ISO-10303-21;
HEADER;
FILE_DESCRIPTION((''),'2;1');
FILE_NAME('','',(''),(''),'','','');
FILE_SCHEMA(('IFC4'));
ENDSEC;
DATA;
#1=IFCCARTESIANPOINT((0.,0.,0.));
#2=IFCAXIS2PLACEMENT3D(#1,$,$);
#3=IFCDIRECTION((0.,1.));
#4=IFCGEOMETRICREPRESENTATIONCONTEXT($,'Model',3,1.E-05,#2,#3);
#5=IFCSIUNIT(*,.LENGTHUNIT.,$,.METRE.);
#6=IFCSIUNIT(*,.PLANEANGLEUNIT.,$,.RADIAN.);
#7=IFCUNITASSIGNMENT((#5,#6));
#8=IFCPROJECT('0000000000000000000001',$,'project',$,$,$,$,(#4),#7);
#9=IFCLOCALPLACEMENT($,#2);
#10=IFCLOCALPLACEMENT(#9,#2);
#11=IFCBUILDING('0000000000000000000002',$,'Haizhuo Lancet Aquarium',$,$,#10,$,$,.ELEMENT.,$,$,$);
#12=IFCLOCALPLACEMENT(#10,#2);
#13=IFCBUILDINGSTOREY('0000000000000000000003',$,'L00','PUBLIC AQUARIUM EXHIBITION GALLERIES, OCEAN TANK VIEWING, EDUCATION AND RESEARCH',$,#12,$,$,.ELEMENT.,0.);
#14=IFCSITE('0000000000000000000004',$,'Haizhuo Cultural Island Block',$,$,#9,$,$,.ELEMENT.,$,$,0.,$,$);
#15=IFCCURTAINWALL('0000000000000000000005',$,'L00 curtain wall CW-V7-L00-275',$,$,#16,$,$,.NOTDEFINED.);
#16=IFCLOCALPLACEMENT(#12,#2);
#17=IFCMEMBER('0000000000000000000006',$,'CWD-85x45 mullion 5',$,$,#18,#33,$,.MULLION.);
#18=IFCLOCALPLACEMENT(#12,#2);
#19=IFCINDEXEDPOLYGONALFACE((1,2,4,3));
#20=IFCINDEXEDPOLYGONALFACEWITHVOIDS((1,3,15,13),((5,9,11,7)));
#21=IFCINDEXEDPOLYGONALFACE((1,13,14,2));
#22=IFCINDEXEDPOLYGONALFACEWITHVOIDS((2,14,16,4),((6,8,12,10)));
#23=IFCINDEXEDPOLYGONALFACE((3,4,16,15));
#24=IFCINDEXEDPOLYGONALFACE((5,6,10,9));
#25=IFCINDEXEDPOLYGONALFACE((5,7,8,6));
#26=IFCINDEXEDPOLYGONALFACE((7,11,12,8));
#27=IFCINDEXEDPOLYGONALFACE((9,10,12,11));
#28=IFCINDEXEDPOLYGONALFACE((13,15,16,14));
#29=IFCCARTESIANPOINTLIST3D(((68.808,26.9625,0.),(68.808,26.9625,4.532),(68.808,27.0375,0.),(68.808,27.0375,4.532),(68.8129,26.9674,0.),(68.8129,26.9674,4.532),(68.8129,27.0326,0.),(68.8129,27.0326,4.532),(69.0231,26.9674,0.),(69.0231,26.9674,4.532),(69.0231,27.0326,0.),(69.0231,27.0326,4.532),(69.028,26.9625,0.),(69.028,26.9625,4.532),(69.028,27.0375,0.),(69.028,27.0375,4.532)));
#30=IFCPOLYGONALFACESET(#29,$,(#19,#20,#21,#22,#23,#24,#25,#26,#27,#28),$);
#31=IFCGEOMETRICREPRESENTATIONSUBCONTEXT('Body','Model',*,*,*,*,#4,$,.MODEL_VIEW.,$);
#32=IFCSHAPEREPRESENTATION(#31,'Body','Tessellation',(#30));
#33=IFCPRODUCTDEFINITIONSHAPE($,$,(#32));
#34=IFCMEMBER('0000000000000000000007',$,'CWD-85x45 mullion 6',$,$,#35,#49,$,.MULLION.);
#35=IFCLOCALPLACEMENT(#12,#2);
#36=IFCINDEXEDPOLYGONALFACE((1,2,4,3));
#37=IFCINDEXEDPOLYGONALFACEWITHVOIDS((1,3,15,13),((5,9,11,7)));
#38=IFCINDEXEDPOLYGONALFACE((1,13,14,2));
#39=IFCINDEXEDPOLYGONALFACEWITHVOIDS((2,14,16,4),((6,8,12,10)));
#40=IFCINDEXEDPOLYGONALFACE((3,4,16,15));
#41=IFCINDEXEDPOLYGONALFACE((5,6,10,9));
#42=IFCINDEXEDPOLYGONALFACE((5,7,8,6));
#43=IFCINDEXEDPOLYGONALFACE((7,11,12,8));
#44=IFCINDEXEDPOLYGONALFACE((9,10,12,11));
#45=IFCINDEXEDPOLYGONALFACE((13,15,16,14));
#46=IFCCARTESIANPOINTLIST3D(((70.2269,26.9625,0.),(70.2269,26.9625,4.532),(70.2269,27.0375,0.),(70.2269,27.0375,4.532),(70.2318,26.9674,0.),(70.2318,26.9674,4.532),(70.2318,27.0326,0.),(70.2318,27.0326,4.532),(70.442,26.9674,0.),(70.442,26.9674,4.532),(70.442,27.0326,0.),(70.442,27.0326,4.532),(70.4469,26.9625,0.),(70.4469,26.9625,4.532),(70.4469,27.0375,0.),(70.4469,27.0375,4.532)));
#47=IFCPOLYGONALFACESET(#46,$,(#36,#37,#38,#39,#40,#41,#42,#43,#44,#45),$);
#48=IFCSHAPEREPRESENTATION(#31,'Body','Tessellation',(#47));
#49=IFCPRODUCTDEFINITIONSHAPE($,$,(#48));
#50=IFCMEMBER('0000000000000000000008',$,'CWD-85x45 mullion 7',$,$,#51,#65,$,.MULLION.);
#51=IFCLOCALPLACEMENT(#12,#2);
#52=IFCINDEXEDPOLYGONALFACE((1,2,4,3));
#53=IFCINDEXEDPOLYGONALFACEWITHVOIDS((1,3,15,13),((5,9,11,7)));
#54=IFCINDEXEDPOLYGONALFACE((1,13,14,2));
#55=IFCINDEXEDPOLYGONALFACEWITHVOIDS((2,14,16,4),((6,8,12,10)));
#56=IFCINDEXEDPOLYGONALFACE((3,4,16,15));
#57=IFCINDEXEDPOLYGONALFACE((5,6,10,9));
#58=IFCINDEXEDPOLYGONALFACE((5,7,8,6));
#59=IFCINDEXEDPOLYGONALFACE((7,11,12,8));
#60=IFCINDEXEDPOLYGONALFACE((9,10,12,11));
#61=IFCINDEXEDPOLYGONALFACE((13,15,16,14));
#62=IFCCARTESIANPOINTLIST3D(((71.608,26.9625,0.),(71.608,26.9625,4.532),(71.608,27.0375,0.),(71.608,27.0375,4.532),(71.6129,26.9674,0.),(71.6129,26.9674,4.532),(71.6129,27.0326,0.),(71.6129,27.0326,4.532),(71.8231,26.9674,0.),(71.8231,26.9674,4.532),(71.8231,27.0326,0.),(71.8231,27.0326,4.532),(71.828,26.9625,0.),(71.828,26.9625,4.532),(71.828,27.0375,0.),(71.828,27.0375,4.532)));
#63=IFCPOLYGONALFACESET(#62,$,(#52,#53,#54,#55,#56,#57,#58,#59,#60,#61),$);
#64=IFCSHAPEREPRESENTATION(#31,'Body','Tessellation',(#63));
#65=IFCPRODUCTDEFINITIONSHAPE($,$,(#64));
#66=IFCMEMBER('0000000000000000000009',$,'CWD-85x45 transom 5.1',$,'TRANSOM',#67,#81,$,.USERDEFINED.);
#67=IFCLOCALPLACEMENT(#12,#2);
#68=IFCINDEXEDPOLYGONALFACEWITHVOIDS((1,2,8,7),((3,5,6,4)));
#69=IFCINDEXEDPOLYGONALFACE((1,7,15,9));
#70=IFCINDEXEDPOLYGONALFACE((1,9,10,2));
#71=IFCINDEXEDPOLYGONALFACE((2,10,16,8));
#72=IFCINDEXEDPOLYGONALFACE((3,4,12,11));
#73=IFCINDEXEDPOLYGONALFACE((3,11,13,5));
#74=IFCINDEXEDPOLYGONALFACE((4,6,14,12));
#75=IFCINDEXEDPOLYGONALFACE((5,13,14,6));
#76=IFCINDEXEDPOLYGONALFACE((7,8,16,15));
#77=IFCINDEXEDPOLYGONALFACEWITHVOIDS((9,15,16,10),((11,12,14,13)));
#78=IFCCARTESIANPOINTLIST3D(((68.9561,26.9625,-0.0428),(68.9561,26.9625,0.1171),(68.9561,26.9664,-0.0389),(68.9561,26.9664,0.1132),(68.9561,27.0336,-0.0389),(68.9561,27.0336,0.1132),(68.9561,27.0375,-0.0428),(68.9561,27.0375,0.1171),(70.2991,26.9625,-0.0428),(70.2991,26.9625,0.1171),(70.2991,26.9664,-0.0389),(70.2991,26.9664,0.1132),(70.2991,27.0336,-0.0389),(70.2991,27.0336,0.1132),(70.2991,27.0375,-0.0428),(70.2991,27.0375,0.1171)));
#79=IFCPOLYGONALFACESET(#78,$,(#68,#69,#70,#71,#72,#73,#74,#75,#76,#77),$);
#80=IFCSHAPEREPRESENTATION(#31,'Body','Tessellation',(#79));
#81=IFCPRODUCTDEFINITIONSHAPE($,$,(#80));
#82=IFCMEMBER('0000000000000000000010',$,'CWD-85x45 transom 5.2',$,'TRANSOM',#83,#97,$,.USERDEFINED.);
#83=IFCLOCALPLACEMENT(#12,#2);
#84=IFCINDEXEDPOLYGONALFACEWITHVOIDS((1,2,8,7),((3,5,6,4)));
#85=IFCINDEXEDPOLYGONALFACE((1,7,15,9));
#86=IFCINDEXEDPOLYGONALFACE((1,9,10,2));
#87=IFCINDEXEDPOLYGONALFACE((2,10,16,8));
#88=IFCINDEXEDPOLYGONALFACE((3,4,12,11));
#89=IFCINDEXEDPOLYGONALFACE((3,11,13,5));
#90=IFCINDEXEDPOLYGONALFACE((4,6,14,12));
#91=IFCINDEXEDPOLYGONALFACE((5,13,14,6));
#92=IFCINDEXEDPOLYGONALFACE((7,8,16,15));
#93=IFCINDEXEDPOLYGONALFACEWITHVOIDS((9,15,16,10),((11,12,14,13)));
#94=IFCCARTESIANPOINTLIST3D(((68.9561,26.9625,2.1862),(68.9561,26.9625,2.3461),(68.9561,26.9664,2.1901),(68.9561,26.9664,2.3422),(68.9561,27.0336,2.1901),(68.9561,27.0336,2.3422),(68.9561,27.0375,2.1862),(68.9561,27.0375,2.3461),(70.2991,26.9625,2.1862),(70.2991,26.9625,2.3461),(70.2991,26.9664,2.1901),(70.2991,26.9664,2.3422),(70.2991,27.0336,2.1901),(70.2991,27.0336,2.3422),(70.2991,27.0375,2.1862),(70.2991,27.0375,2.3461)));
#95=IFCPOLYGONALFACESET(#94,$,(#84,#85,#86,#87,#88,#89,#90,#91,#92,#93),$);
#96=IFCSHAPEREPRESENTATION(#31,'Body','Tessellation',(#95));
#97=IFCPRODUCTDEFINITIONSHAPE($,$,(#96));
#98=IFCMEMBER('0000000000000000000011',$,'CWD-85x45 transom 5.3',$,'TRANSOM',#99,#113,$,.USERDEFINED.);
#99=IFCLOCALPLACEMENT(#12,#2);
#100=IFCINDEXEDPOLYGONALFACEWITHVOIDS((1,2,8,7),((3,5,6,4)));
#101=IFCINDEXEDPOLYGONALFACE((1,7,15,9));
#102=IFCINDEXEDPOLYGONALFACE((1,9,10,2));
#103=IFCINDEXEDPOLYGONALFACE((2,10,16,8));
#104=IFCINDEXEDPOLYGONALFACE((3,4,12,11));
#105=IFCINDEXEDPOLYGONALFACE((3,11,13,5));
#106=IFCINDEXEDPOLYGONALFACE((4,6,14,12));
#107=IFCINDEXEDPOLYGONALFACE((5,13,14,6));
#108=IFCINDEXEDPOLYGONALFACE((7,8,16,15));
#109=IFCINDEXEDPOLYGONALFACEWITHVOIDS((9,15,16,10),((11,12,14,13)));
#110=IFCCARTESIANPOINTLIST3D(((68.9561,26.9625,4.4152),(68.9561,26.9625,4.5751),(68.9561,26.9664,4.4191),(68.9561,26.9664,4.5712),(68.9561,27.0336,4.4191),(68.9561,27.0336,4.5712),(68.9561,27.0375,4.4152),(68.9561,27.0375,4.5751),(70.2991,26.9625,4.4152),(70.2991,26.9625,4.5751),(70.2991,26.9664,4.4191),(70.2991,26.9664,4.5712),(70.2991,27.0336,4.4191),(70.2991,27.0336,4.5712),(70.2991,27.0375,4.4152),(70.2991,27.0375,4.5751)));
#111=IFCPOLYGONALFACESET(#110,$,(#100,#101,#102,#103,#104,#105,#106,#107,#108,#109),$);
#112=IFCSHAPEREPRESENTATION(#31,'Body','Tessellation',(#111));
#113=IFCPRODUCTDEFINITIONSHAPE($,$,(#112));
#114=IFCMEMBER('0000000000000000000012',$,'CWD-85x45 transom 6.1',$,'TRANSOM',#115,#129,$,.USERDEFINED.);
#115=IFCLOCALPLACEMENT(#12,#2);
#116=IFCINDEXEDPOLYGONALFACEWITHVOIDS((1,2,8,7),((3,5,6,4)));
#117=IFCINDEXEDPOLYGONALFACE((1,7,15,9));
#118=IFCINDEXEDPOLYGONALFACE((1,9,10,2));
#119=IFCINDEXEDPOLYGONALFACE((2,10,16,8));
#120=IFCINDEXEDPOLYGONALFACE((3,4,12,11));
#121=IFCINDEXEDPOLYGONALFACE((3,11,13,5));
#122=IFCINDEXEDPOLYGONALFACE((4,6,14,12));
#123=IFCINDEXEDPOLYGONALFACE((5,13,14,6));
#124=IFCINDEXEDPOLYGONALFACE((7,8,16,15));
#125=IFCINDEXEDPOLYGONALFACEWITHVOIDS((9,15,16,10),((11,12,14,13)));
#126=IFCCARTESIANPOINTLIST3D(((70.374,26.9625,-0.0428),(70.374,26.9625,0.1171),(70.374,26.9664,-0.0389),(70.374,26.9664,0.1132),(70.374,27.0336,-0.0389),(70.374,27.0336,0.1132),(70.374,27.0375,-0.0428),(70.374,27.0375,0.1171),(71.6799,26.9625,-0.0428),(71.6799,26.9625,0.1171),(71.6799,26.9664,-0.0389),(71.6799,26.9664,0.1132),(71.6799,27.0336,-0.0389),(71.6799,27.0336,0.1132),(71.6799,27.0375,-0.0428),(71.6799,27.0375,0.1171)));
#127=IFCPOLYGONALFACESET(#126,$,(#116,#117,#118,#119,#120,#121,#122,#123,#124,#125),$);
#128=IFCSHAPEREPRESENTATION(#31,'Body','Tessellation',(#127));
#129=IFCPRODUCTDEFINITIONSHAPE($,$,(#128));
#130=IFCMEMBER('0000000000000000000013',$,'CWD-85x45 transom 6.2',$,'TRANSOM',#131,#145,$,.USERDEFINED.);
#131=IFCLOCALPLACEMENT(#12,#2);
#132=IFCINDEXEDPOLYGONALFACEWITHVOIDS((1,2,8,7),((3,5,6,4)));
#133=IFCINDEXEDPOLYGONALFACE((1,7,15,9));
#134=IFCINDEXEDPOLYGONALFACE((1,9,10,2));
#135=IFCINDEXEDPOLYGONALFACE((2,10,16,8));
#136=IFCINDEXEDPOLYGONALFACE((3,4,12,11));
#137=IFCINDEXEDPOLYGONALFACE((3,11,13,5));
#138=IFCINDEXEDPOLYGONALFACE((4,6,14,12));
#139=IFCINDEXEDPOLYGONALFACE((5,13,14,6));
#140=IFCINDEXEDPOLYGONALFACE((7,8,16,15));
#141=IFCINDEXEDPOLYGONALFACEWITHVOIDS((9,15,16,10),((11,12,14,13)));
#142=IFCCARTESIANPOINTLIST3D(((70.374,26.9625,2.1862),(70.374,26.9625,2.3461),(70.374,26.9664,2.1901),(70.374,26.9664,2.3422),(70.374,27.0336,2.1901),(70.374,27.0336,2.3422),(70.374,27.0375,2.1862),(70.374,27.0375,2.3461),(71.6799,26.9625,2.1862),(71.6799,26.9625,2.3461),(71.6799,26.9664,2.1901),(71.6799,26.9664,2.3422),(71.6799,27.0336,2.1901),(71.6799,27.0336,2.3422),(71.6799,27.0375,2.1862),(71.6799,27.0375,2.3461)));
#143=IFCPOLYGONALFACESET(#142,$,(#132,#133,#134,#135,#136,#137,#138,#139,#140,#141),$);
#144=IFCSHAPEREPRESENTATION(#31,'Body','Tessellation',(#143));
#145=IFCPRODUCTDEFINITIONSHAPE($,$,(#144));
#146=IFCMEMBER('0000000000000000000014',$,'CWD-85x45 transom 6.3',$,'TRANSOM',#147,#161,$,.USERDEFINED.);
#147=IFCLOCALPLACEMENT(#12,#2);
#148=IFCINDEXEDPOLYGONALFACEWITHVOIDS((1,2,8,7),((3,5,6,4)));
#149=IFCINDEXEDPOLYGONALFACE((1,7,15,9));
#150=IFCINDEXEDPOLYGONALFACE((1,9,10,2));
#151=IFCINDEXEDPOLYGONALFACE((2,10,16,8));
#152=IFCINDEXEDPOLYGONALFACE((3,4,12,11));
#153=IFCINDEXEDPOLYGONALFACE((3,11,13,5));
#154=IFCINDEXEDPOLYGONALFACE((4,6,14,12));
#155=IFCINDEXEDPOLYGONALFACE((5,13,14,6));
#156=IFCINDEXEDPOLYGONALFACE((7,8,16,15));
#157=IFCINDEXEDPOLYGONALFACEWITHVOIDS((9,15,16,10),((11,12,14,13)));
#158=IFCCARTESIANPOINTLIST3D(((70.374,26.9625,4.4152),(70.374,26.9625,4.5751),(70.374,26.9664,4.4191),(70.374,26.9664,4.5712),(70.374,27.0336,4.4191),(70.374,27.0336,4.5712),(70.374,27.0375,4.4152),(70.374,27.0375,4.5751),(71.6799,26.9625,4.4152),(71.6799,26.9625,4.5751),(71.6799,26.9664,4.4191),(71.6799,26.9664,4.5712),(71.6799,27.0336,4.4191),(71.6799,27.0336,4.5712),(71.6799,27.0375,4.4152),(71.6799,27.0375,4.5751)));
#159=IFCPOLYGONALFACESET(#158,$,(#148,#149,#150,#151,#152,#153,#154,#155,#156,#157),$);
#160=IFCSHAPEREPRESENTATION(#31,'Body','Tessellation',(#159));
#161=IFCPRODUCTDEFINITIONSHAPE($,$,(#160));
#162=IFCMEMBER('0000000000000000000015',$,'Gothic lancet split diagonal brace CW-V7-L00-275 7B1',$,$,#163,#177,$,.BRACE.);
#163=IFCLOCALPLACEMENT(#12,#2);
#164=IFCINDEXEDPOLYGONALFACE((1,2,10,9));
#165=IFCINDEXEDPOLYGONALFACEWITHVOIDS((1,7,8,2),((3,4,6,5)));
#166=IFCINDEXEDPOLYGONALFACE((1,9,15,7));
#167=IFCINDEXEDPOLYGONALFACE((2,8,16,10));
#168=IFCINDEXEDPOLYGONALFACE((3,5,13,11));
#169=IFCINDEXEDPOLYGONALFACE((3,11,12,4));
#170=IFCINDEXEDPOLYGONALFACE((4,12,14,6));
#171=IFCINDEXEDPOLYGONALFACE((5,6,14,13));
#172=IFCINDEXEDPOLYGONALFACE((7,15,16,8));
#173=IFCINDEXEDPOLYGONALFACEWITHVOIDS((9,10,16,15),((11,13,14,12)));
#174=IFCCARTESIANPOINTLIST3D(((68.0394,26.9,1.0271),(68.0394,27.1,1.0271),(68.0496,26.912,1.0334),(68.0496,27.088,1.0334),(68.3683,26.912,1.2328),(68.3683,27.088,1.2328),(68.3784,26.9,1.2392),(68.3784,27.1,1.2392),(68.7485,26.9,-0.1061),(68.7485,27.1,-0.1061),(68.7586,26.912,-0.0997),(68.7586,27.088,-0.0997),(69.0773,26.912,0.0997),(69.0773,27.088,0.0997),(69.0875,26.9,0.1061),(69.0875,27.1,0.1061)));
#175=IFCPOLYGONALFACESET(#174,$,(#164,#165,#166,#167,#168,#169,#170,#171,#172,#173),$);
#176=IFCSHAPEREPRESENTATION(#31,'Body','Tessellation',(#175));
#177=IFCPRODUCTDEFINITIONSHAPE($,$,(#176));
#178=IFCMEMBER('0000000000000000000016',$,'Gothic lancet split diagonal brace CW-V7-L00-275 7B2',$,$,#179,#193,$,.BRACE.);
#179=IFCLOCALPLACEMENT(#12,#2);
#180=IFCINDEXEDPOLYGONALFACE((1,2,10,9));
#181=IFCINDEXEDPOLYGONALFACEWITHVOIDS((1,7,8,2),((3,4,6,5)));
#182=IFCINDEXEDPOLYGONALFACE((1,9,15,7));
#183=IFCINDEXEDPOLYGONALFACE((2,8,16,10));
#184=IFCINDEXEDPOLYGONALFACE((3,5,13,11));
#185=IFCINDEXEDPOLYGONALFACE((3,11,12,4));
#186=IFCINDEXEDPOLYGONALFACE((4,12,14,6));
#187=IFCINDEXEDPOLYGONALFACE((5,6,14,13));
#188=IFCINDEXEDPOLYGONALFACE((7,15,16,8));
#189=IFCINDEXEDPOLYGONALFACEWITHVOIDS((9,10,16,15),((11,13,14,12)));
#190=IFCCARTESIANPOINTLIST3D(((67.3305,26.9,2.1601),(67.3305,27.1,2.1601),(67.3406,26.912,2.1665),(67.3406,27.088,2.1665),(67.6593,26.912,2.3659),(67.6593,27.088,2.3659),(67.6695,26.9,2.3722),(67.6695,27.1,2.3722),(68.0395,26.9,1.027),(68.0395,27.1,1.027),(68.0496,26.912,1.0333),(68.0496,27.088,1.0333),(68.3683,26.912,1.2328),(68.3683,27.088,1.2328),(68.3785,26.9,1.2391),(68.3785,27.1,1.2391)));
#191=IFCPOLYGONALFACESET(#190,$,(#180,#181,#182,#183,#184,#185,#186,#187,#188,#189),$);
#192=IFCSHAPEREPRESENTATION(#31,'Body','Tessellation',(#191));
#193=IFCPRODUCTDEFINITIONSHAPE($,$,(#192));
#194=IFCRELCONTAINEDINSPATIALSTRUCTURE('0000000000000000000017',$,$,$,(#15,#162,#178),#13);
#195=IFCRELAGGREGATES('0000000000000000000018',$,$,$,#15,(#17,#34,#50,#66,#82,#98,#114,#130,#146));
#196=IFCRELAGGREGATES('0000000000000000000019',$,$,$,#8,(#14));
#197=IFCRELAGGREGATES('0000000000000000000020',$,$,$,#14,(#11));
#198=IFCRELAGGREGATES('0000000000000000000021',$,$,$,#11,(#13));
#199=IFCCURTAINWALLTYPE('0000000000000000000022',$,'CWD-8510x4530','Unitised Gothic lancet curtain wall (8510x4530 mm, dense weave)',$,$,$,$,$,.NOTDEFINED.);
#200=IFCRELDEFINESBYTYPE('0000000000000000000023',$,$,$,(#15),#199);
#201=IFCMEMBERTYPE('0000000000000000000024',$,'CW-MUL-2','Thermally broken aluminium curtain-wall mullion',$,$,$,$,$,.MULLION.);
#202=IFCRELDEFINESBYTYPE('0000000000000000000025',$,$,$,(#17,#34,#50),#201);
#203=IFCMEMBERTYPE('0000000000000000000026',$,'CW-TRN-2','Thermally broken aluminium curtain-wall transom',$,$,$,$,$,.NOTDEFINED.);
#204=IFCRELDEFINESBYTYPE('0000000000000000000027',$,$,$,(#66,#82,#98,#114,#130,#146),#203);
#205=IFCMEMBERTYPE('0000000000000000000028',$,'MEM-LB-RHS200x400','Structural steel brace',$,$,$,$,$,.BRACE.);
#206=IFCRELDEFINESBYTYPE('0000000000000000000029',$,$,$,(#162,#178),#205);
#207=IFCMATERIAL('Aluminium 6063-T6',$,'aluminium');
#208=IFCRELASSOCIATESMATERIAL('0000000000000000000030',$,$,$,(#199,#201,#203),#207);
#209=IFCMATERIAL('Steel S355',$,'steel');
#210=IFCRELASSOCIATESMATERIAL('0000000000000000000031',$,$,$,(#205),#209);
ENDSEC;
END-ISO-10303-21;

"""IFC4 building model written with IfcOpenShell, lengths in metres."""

from ifc_helpers import new_model, si_unit, direction, frame, origin, origin_2d, place, context, subcontext, project, spatial, hollow_rectangle, extrude, material, material_profile, profile_set, type_object, element, aggregate, save


model = new_model("IFC4")

# Units and contexts
model_context = context("Model", 3, precision=1e-05, world=origin(), true_north=direction((0.0, 1.0)))
body_context = subcontext(model_context, "Body", "Model", "MODEL_VIEW")
ifc_project = project(units=[si_unit("LENGTHUNIT", "METRE"), si_unit("PLANEANGLEUNIT", "RADIAN")], contexts=[model_context])

# Site, building, storey
site_placement = place(None, origin())
site = spatial("IfcSite", under=ifc_project, at=site_placement, Name="Haizhuo Cultural Island Block", CompositionType="ELEMENT", RefElevation=0.0)
building_placement = place(site_placement, origin())
building = spatial("IfcBuilding", under=site, at=building_placement, Name="Haizhuo Lancet Aquarium", CompositionType="ELEMENT")
storey_placement = place(building_placement, origin())
storey = spatial("IfcBuildingStorey", under=building, at=storey_placement, Name="L00", Description="PUBLIC AQUARIUM EXHIBITION GALLERIES, OCEAN TANK VIEWING, EDUCATION AND RESEARCH", CompositionType="ELEMENT", Elevation=0.0)

# Curtain wall, members
ifc_material_1 = material(Name="Aluminium 6063-T6", Category="aluminium")
curtain_wall_type = type_object("IfcCurtainWallType", Name="CWD-8510x4530", Description="Unitised Gothic lancet curtain wall (8510x4530 mm, dense weave)", PredefinedType="NOTDEFINED", material=ifc_material_1)
curtain_wall_placement = place(storey_placement, origin())
curtain_wall = element("IfcCurtainWall", 1, at=curtain_wall_placement, inside=storey, type_object=curtain_wall_type, Name="L00 curtain wall CW-V7-L00-275", PredefinedType="NOTDEFINED")
ifc_material_profile_1 = material_profile(ifc_material_1, hollow_rectangle(XDim=0.075, YDim=0.22, WallThickness=0.0049, at=origin_2d()), Name="ALU-M 75x220x5")
ifc_profile_set_1 = profile_set([ifc_material_profile_1], Name="Aluminium 6063-T6")
member_type_1 = type_object("IfcMemberType", Name="CW-MUL-2", Description="Thermally broken aluminium curtain-wall mullion", PredefinedType="MULLION", material=ifc_profile_set_1)
member_1_placement = place(storey_placement, frame((68.918, 27.0, 0.0), z_axis=(0.0, 0.0, 1.0), x_axis=(0.0, 1.0, 0.0)))
member_1 = element("IfcMember", 2, at=member_1_placement, type_object=member_type_1, Name="CWD-85x45 mullion 5", PredefinedType="MULLION", context=body_context, shape_type="SweptSolid", body=[
    extrude(hollow_rectangle(XDim=0.075, YDim=0.22, WallThickness=0.0049, at=origin_2d()), origin(), (0.0, 0.0, 1.0), 4.532),
])
member_2_placement = place(storey_placement, frame((70.3369, 27.0, 0.0), z_axis=(0.0, 0.0, 1.0), x_axis=(0.0, 1.0, 0.0)))
member_2 = element("IfcMember", 3, at=member_2_placement, type_object=member_type_1, Name="CWD-85x45 mullion 6", PredefinedType="MULLION", context=body_context, shape_type="SweptSolid", body=[
    extrude(hollow_rectangle(XDim=0.075, YDim=0.22, WallThickness=0.0049, at=origin_2d()), origin(), (0.0, 0.0, 1.0), 4.532),
])
member_3_placement = place(storey_placement, frame((71.718, 27.0, 0.0), z_axis=(0.0, 0.0, 1.0), x_axis=(0.0, 1.0, 0.0)))
member_3 = element("IfcMember", 4, at=member_3_placement, type_object=member_type_1, Name="CWD-85x45 mullion 7", PredefinedType="MULLION", context=body_context, shape_type="SweptSolid", body=[
    extrude(hollow_rectangle(XDim=0.075, YDim=0.22, WallThickness=0.0049, at=origin_2d()), origin(), (0.0, 0.0, 1.0), 4.532),
])
ifc_material_profile_2 = material_profile(ifc_material_1, hollow_rectangle(XDim=0.075, YDim=0.1599, WallThickness=0.0039, at=origin_2d()), Name="ALU-T 75x160x4")
ifc_profile_set_2 = profile_set([ifc_material_profile_2], Name="Aluminium 6063-T6")
member_type_2 = type_object("IfcMemberType", Name="CW-TRN-2", Description="Thermally broken aluminium curtain-wall transom", PredefinedType="NOTDEFINED", material=ifc_profile_set_2)
member_4_placement = place(storey_placement, frame((68.9561, 27.0, 0.0371), z_axis=(1.0, 0.0, 0.0), x_axis=(0.0, 1.0, 0.0)))
member_4 = element("IfcMember", 5, at=member_4_placement, type_object=member_type_2, Name="CWD-85x45 transom 5.1", ObjectType="TRANSOM", PredefinedType="USERDEFINED", context=body_context, shape_type="SweptSolid", body=[
    extrude(hollow_rectangle(XDim=0.075, YDim=0.1599, WallThickness=0.0039, at=origin_2d()), origin(), (0.0, 0.0, 1.0), 1.343),
])
member_5_placement = place(storey_placement, frame((68.9561, 27.0, 2.2661), z_axis=(1.0, 0.0, 0.0), x_axis=(0.0, 1.0, 0.0)))
member_5 = element("IfcMember", 6, at=member_5_placement, type_object=member_type_2, Name="CWD-85x45 transom 5.2", ObjectType="TRANSOM", PredefinedType="USERDEFINED", context=body_context, shape_type="SweptSolid", body=[
    extrude(hollow_rectangle(XDim=0.075, YDim=0.1599, WallThickness=0.0039, at=origin_2d()), origin(), (0.0, 0.0, 1.0), 1.343),
])
member_6_placement = place(storey_placement, frame((68.9561, 27.0, 4.4951), z_axis=(1.0, 0.0, 0.0), x_axis=(0.0, 1.0, 0.0)))
member_6 = element("IfcMember", 7, at=member_6_placement, type_object=member_type_2, Name="CWD-85x45 transom 5.3", ObjectType="TRANSOM", PredefinedType="USERDEFINED", context=body_context, shape_type="SweptSolid", body=[
    extrude(hollow_rectangle(XDim=0.075, YDim=0.1599, WallThickness=0.0039, at=origin_2d()), origin(), (0.0, 0.0, 1.0), 1.343),
])
member_7_placement = place(storey_placement, frame((70.374, 27.0, 0.0371), z_axis=(1.0, 0.0, 0.0), x_axis=(0.0, 1.0, 0.0)))
member_7 = element("IfcMember", 8, at=member_7_placement, type_object=member_type_2, Name="CWD-85x45 transom 6.1", ObjectType="TRANSOM", PredefinedType="USERDEFINED", context=body_context, shape_type="SweptSolid", body=[
    extrude(hollow_rectangle(XDim=0.075, YDim=0.1599, WallThickness=0.0039, at=origin_2d()), origin(), (0.0, 0.0, 1.0), 1.3059),
])
member_8_placement = place(storey_placement, frame((70.374, 27.0, 2.2661), z_axis=(1.0, 0.0, 0.0), x_axis=(0.0, 1.0, 0.0)))
member_8 = element("IfcMember", 9, at=member_8_placement, type_object=member_type_2, Name="CWD-85x45 transom 6.2", ObjectType="TRANSOM", PredefinedType="USERDEFINED", context=body_context, shape_type="SweptSolid", body=[
    extrude(hollow_rectangle(XDim=0.075, YDim=0.1599, WallThickness=0.0039, at=origin_2d()), origin(), (0.0, 0.0, 1.0), 1.3059),
])
member_9_placement = place(storey_placement, frame((70.374, 27.0, 4.4951), z_axis=(1.0, 0.0, 0.0), x_axis=(0.0, 1.0, 0.0)))
member_9 = element("IfcMember", 10, at=member_9_placement, type_object=member_type_2, Name="CWD-85x45 transom 6.3", ObjectType="TRANSOM", PredefinedType="USERDEFINED", context=body_context, shape_type="SweptSolid", body=[
    extrude(hollow_rectangle(XDim=0.075, YDim=0.1599, WallThickness=0.0039, at=origin_2d()), origin(), (0.0, 0.0, 1.0), 1.3059),
])

# Members
ifc_material_2 = material(Name="Steel S355", Category="steel")
ifc_material_profile_3 = material_profile(ifc_material_2, hollow_rectangle(XDim=0.2, YDim=0.3999, WallThickness=0.012, at=origin_2d()), Name="RHS 200x400x12")
ifc_profile_set_3 = profile_set([ifc_material_profile_3], Name="Steel S355")
member_type_3 = type_object("IfcMemberType", Name="MEM-LB-RHS200x400", Description="Structural steel brace", PredefinedType="BRACE", material=ifc_profile_set_3)
for number, where, z_axis, x_axis, name in (
    (11, (68.918, 27.0, 0.0), (-0.530442, 0.0, 0.847721), (0.0, -1.0, 0.0), "Gothic lancet split diagonal brace CW-V7-L00-275 7B1"),
    (12, (68.209, 27.0, 1.1331), (-0.530442, 0.0, 0.847721), (0.0, -1.0, 0.0), "Gothic lancet split diagonal brace CW-V7-L00-275 7B2"),
):
    element("IfcMember", number, at=place(storey_placement, frame(where, z_axis=z_axis, x_axis=x_axis)), inside=storey, type_object=member_type_3, Name=name, PredefinedType="BRACE", context=body_context, shape_type="SweptSolid", body=[
        extrude(hollow_rectangle(XDim=0.2, YDim=0.3999, WallThickness=0.012, at=origin_2d()), origin(), (0.0, 0.0, 1.0), 1.3367),
    ])

aggregate(curtain_wall, [member_1, member_2, member_3, member_4, member_5, member_6, member_7, member_8, member_9])

save(model, "model.ifc")
